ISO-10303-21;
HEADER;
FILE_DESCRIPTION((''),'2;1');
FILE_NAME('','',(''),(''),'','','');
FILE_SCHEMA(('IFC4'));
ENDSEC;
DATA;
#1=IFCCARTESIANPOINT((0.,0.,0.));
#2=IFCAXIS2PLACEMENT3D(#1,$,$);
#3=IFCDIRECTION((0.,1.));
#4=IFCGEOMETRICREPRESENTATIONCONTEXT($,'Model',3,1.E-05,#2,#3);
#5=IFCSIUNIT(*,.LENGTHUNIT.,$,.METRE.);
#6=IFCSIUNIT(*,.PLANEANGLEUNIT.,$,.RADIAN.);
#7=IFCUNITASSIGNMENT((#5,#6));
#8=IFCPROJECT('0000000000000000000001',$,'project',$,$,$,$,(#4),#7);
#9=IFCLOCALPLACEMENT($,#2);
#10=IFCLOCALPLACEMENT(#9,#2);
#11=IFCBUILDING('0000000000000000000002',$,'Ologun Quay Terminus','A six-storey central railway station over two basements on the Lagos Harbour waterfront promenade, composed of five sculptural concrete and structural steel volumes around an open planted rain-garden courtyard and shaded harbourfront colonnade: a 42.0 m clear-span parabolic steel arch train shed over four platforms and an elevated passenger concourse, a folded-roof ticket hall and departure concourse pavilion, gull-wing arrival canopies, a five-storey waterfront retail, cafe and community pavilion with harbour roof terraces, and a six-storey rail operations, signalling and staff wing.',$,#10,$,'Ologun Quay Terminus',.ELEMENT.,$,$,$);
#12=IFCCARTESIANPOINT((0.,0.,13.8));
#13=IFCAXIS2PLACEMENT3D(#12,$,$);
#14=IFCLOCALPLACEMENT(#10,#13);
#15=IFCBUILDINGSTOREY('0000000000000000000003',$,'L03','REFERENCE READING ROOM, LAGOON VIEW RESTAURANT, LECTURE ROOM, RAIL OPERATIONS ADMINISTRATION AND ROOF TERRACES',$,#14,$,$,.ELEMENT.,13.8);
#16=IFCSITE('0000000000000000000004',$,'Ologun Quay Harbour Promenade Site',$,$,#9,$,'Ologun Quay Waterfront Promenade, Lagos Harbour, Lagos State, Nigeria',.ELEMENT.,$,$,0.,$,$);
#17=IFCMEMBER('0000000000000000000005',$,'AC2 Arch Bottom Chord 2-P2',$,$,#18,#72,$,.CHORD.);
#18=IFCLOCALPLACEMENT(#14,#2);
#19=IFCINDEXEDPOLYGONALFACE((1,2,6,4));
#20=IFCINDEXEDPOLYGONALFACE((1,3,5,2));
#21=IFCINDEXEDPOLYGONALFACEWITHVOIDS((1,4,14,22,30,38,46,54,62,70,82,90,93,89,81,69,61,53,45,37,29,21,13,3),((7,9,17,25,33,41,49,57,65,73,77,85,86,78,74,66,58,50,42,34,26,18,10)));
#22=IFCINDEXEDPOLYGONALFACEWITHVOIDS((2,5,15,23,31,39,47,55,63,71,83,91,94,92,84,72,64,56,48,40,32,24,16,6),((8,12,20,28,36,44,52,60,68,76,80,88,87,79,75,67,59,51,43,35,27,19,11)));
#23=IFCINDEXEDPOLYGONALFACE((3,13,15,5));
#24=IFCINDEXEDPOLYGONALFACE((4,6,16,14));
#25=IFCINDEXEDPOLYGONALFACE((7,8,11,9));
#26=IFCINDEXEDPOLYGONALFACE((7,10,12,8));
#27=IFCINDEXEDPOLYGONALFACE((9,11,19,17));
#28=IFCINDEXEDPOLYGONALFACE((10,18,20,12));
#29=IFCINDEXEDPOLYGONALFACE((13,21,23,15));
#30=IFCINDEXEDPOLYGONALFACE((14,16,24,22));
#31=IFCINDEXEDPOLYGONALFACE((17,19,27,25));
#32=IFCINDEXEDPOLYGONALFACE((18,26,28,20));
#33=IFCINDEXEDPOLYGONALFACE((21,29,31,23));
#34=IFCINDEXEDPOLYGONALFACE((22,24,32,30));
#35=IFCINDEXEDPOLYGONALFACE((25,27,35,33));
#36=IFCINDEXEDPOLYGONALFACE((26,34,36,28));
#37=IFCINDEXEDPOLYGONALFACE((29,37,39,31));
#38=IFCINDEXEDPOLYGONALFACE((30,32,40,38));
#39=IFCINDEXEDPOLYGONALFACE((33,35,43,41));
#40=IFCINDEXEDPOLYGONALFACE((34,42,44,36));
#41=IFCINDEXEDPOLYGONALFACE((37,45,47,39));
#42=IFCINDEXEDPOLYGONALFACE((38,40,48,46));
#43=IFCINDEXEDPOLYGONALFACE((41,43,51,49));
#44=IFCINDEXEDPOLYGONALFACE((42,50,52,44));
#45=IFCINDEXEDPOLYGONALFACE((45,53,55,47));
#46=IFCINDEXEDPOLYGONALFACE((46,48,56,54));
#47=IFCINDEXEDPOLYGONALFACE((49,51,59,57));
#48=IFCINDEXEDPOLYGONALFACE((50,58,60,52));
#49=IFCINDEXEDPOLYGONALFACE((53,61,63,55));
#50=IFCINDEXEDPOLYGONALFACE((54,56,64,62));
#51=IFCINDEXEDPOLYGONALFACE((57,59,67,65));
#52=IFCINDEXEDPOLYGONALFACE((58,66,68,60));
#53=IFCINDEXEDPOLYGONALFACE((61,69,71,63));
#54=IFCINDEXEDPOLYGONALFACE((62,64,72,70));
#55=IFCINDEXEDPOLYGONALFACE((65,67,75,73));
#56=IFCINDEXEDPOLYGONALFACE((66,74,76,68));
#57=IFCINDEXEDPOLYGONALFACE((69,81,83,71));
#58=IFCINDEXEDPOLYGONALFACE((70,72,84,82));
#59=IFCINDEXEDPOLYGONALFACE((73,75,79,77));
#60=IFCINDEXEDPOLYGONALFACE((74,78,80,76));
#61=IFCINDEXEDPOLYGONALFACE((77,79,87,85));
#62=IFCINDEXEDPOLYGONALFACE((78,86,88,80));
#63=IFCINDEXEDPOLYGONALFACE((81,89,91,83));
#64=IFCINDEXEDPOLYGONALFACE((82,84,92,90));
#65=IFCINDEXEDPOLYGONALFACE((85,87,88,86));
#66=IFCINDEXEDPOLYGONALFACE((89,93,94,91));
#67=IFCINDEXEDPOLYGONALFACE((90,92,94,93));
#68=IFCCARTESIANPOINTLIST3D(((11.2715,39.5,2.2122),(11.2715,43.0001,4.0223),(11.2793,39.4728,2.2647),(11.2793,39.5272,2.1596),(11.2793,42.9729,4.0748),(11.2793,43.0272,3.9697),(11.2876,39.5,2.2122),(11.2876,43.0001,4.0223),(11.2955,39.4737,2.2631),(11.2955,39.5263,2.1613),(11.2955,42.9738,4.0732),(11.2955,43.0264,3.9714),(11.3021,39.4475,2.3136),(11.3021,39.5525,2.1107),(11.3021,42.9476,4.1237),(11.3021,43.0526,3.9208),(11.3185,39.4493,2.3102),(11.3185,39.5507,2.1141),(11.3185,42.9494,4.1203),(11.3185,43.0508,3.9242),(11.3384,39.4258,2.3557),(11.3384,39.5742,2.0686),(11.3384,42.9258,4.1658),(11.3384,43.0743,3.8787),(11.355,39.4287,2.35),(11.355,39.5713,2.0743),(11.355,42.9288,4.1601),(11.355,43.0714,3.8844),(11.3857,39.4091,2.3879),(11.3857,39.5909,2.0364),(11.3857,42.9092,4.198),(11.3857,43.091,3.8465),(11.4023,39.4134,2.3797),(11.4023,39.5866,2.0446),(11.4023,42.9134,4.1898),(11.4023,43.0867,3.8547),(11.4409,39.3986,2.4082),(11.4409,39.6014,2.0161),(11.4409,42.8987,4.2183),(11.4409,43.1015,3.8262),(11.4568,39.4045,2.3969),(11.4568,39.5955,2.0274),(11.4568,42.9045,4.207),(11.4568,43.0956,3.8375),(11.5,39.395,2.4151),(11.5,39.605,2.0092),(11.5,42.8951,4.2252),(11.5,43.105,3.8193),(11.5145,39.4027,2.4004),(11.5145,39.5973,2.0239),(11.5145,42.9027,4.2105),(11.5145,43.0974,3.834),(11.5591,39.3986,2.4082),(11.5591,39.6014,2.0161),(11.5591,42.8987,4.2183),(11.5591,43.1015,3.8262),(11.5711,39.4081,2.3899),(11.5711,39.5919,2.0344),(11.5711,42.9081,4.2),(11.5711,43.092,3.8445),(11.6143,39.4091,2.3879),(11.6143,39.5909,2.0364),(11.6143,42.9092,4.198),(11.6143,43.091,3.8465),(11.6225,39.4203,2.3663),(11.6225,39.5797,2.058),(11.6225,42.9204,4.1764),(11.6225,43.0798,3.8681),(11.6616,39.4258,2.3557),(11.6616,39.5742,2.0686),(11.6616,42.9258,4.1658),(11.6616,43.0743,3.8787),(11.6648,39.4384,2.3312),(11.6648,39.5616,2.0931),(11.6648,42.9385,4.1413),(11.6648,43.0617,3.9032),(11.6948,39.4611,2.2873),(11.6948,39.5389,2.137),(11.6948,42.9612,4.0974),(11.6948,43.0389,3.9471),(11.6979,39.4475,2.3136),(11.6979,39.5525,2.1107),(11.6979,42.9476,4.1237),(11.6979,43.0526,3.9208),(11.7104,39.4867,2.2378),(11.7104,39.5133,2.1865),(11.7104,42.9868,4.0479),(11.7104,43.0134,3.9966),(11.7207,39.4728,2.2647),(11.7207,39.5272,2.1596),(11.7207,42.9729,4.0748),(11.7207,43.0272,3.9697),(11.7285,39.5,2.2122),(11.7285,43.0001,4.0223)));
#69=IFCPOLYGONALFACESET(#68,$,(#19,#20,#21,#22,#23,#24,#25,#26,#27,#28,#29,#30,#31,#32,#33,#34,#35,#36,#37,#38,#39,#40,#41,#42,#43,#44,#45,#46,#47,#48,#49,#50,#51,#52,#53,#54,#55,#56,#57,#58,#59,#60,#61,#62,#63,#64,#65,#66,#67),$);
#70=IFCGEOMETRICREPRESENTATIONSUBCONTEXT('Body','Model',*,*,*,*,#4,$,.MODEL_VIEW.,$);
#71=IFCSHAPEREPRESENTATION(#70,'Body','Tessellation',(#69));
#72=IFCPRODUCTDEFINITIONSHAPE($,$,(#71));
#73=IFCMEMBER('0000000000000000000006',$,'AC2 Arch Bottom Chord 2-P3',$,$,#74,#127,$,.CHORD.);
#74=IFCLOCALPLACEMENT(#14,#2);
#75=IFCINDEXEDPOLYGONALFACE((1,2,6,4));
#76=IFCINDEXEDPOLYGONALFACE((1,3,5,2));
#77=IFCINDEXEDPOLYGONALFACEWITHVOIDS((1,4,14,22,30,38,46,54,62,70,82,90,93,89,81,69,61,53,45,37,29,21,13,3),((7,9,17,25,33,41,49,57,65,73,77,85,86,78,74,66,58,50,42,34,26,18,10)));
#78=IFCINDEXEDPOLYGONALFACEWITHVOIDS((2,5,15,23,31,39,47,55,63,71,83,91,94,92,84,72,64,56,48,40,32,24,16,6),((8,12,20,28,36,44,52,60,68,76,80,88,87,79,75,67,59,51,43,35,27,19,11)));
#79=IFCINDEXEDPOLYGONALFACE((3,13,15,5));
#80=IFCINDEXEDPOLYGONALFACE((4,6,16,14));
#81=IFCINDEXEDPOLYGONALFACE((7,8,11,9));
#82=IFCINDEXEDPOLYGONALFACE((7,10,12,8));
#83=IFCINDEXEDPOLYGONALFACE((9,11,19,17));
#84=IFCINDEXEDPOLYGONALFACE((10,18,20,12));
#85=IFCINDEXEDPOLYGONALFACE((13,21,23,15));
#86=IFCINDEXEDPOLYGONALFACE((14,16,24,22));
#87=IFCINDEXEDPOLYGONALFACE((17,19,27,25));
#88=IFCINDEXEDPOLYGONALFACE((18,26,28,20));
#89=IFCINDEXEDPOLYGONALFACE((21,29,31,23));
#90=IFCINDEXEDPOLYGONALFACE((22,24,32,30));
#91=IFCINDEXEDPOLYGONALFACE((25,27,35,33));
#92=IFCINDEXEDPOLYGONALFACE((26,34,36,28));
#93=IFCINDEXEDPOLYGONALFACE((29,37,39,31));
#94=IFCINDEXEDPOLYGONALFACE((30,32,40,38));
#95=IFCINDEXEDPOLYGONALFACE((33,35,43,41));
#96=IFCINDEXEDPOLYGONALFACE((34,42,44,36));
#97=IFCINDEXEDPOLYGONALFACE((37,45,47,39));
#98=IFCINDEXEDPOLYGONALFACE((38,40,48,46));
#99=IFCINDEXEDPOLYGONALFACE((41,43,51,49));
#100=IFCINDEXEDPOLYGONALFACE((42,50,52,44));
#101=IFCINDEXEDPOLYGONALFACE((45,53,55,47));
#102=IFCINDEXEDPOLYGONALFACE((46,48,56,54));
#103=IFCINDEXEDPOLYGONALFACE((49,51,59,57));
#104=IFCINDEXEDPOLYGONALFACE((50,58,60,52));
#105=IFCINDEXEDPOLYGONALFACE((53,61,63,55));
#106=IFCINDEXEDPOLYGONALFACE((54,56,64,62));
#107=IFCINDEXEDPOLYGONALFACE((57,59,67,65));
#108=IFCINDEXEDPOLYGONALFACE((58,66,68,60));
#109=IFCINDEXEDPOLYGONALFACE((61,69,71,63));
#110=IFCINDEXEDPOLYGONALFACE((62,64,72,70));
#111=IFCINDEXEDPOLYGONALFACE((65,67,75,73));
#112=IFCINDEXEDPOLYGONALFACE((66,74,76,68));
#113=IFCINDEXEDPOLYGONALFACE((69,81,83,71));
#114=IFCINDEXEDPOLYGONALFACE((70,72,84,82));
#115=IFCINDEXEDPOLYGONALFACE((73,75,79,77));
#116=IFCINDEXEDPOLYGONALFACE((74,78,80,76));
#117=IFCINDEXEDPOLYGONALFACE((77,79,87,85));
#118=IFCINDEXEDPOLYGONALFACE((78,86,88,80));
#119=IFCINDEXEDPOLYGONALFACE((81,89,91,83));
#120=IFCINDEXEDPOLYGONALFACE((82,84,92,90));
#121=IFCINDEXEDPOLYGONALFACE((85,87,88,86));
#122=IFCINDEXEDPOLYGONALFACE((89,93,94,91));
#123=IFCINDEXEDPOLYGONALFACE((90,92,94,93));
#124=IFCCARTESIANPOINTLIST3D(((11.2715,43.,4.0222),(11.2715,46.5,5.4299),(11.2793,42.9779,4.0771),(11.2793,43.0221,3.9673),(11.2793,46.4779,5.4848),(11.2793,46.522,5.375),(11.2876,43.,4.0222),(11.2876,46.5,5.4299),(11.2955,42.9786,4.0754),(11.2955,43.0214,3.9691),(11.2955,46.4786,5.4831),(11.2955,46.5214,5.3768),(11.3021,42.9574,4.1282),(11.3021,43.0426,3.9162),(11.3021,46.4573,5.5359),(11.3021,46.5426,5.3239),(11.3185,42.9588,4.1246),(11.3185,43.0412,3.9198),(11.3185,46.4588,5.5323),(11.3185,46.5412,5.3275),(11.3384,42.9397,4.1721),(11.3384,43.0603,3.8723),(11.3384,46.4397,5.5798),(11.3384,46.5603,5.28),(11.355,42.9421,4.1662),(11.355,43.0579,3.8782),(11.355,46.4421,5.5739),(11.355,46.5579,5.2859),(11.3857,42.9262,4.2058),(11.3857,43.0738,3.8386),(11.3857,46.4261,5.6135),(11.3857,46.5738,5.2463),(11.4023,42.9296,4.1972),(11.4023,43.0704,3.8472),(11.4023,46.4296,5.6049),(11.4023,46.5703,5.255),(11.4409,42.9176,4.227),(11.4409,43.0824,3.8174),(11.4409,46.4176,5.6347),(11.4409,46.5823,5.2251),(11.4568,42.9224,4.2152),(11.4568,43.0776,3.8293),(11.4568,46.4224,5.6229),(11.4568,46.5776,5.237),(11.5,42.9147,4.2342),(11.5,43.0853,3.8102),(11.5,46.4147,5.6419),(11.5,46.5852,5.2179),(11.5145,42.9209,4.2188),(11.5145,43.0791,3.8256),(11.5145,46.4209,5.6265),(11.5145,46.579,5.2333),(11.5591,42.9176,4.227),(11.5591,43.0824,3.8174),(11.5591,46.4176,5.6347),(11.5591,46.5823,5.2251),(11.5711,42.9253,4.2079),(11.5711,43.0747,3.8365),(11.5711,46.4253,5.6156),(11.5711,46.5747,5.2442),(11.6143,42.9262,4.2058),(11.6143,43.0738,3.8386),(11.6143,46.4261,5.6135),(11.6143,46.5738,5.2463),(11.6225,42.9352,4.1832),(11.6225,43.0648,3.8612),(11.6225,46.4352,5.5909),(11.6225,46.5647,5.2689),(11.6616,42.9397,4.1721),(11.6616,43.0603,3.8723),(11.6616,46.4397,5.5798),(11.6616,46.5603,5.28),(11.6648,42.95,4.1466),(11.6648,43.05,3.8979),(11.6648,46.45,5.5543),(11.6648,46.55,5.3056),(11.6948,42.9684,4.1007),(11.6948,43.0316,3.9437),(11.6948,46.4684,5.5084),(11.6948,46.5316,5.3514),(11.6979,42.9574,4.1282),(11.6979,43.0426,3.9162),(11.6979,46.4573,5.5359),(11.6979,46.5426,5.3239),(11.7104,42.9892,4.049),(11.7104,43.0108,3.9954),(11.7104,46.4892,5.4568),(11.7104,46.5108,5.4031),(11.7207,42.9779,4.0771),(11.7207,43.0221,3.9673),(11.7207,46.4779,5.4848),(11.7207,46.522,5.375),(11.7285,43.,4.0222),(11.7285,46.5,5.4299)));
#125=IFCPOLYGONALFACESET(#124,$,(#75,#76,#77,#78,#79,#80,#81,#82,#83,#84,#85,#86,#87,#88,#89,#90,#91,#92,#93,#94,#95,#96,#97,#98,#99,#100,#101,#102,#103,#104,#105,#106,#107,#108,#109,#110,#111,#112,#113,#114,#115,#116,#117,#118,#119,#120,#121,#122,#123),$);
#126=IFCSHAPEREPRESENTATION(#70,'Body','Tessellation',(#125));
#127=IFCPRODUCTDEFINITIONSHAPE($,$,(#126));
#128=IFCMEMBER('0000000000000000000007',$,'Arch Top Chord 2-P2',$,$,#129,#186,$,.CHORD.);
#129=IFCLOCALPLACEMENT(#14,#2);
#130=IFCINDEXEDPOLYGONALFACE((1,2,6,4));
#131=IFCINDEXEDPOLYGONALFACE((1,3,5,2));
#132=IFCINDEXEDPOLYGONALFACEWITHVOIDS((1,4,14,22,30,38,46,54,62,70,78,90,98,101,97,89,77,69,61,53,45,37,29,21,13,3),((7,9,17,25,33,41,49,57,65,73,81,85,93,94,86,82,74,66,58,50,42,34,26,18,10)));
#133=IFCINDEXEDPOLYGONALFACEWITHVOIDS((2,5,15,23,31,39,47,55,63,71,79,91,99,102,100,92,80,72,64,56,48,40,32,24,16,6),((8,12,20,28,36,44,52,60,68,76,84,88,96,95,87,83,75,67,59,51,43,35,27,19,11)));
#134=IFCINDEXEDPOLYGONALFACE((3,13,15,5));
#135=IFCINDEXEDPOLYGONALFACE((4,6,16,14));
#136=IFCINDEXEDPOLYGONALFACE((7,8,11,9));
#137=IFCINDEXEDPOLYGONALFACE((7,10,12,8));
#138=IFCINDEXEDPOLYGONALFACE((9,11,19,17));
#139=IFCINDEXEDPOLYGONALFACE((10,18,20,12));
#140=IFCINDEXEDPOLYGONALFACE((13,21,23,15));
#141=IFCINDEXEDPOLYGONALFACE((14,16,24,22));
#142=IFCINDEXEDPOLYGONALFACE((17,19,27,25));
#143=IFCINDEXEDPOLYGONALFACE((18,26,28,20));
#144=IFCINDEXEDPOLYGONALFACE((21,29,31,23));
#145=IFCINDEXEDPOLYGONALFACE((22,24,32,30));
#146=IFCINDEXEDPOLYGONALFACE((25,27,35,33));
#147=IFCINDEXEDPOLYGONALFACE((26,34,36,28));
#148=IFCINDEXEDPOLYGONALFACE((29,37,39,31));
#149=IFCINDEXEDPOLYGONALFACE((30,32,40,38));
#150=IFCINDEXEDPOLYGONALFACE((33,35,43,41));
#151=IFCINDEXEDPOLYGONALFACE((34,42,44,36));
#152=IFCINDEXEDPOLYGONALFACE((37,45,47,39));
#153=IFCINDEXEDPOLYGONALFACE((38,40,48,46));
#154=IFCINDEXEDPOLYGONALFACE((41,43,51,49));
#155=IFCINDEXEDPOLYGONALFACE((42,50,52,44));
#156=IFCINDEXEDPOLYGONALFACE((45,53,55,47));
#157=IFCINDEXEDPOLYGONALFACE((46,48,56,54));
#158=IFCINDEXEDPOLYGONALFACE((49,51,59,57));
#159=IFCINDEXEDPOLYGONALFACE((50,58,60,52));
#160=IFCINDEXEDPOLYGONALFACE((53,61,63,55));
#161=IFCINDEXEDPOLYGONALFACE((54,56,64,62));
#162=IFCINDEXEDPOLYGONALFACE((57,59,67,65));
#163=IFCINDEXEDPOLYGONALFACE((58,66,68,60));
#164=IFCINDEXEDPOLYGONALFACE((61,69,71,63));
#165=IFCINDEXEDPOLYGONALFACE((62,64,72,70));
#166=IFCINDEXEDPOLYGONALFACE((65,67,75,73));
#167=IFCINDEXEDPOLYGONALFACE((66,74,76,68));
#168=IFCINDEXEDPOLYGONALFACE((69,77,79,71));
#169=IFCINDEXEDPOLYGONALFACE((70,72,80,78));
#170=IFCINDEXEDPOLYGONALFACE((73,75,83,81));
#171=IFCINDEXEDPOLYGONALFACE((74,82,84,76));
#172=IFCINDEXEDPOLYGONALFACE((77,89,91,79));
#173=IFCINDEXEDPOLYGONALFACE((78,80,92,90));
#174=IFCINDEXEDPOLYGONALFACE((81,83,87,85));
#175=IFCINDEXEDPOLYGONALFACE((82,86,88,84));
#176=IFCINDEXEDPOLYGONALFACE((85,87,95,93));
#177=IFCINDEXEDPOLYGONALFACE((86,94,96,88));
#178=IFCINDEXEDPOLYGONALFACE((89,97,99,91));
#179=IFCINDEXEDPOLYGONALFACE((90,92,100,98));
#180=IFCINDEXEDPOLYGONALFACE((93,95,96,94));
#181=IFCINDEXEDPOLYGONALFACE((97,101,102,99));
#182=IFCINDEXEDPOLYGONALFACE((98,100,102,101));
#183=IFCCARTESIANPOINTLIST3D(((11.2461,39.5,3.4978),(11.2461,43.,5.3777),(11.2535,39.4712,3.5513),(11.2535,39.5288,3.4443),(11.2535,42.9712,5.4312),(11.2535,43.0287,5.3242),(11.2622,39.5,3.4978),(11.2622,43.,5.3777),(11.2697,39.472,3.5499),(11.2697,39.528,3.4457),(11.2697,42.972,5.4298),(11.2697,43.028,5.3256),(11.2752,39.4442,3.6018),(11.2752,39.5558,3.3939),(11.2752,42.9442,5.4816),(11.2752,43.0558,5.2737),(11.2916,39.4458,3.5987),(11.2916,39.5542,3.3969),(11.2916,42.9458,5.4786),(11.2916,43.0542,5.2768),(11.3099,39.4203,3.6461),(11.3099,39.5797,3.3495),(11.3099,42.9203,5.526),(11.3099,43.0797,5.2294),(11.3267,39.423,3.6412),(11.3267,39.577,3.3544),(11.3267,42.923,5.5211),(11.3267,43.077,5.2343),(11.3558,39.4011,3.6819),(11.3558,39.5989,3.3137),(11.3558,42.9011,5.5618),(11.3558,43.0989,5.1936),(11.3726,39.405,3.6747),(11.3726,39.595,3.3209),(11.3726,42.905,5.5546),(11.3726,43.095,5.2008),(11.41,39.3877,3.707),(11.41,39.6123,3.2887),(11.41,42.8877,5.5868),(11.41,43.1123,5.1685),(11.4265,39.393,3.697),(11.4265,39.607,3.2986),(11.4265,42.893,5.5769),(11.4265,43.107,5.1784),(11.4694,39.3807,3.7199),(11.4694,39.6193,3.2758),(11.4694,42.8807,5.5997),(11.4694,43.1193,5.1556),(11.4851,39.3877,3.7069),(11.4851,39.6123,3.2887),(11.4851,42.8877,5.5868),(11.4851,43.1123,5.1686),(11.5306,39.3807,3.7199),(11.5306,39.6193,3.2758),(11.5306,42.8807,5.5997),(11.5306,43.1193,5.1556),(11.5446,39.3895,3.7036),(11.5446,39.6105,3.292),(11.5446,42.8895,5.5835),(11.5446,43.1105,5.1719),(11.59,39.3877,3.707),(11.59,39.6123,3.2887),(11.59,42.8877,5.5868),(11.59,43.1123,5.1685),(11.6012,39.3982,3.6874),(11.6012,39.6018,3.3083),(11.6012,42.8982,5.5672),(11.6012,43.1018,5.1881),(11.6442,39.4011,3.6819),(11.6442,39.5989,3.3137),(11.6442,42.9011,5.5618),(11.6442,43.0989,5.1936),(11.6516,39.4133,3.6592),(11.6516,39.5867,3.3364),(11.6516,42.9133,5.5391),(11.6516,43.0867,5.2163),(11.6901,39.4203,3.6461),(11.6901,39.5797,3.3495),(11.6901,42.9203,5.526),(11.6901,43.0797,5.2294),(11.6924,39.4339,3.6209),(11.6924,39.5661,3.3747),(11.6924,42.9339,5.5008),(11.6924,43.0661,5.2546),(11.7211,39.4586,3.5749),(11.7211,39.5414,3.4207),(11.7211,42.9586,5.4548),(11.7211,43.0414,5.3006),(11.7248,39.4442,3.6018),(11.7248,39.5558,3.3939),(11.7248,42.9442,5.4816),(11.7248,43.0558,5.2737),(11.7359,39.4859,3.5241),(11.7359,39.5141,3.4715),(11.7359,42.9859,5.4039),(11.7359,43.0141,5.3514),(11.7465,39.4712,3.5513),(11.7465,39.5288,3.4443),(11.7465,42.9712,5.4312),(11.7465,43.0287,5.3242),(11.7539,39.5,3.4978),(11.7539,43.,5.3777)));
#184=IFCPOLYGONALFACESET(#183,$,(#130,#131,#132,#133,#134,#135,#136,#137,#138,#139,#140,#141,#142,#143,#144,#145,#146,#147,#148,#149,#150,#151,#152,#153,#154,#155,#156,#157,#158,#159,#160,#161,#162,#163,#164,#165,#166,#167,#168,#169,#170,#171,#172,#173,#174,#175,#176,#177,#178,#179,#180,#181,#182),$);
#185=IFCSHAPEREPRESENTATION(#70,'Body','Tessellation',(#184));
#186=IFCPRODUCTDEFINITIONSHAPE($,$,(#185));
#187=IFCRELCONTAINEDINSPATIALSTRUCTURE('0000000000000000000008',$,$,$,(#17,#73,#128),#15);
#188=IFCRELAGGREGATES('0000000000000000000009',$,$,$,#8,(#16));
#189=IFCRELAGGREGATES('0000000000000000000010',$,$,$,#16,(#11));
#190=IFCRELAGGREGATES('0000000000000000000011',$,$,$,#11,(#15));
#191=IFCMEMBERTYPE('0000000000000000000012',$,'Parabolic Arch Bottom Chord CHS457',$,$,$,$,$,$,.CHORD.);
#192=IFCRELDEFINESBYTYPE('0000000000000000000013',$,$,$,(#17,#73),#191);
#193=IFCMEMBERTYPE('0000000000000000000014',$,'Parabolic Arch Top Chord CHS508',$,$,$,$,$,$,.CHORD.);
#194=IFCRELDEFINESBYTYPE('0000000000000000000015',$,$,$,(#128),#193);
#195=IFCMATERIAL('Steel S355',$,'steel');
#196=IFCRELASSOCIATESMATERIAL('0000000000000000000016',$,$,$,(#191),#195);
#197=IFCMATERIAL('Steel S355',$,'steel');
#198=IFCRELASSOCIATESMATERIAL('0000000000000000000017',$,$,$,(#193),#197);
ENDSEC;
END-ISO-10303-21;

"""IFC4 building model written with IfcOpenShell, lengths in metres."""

from ifc_helpers import new_model, si_unit, direction, frame, origin, origin_2d, place, context, subcontext, project, spatial, hollow_circle, extrude, material, material_profile, profile_set, type_object, element, save


model = new_model("IFC4")

# Units and contexts
model_context = context("Model", 3, precision=1e-05, world=origin(), true_north=direction((0.0, 1.0)))
body_context = subcontext(model_context, "Body", "Model", "MODEL_VIEW")
ifc_project = project(units=[si_unit("LENGTHUNIT", "METRE"), si_unit("PLANEANGLEUNIT", "RADIAN")], contexts=[model_context])

# Site, building, storey
site_placement = place(None, origin())
site = spatial("IfcSite", under=ifc_project, at=site_placement, Name="Ologun Quay Harbour Promenade Site", LongName="Ologun Quay Waterfront Promenade, Lagos Harbour, Lagos State, Nigeria", CompositionType="ELEMENT", RefElevation=0.0)
building_placement = place(site_placement, origin())
building = spatial("IfcBuilding", under=site, at=building_placement, Name="Ologun Quay Terminus", Description="A six-storey central railway station over two basements on the Lagos Harbour waterfront promenade, composed of five sculptural concrete and structural steel volumes around an open planted rain-garden courtyard and shaded harbourfront colonnade: a 42.0 m clear-span parabolic steel arch train shed over four platforms and an elevated passenger concourse, a folded-roof ticket hall and departure concourse pavilion, gull-wing arrival canopies, a five-storey waterfront retail, cafe and community pavilion with harbour roof terraces, and a six-storey rail operations, signalling and staff wing.", LongName="Ologun Quay Terminus", CompositionType="ELEMENT")
storey_placement = place(building_placement, frame((0.0, 0.0, 13.8)))
storey = spatial("IfcBuildingStorey", under=building, at=storey_placement, Name="L03", Description="REFERENCE READING ROOM, LAGOON VIEW RESTAURANT, LECTURE ROOM, RAIL OPERATIONS ADMINISTRATION AND ROOF TERRACES", CompositionType="ELEMENT", Elevation=13.8)

# Members
ifc_material_1 = material(Name="Steel S355", Category="steel")
ifc_material_profile_1 = material_profile(ifc_material_1, hollow_circle(Radius=0.2285, WallThickness=0.0161, at=origin_2d()), Name="CHS 457x16")
ifc_profile_set_1 = profile_set([ifc_material_profile_1], Name="Steel S355")
member_type_1 = type_object("IfcMemberType", Name="Parabolic Arch Bottom Chord CHS457", PredefinedType="CHORD", material=ifc_profile_set_1)
member_1_placement = place(storey_placement, frame((11.5, 39.5, 2.2122), z_axis=(0.0, 0.888247, 0.459366), x_axis=(-1.0, 0.0, 0.0)))
element("IfcMember", 1, at=member_1_placement, inside=storey, type_object=member_type_1, Name="AC2 Arch Bottom Chord 2-P2", PredefinedType="CHORD", context=body_context, shape_type="SweptSolid", body=[
    extrude(hollow_circle(Radius=0.2285, WallThickness=0.0161, at=origin_2d()), origin(), (0.0, 0.0, 1.0), 3.9404),
])
member_2_placement = place(storey_placement, frame((11.5, 43.0, 4.0222), z_axis=(0.0, 0.92777, 0.373153), x_axis=(-1.0, 0.0, 0.0)))
element("IfcMember", 2, at=member_2_placement, inside=storey, type_object=member_type_1, Name="AC2 Arch Bottom Chord 2-P3", PredefinedType="CHORD", context=body_context, shape_type="SweptSolid", body=[
    extrude(hollow_circle(Radius=0.2285, WallThickness=0.0161, at=origin_2d()), origin(), (0.0, 0.0, 1.0), 3.7725),
])
ifc_material_2 = material(Name="Steel S355", Category="steel")
ifc_material_profile_2 = material_profile(ifc_material_2, hollow_circle(Radius=0.2539, WallThickness=0.0161, at=origin_2d()), Name="CHS 508x16")
ifc_profile_set_2 = profile_set([ifc_material_profile_2], Name="Steel S355")
member_type_2 = type_object("IfcMemberType", Name="Parabolic Arch Top Chord CHS508", PredefinedType="CHORD", material=ifc_profile_set_2)
member_3_placement = place(storey_placement, frame((11.5, 39.5, 3.4978), z_axis=(0.0, 0.880968, 0.473176), x_axis=(-1.0, 0.0, 0.0)))
element("IfcMember", 3, at=member_3_placement, inside=storey, type_object=member_type_2, Name="Arch Top Chord 2-P2", PredefinedType="CHORD", context=body_context, shape_type="SweptSolid", body=[
    extrude(hollow_circle(Radius=0.2539, WallThickness=0.0161, at=origin_2d()), origin(), (0.0, 0.0, 1.0), 3.9729),
])

save(model, "model.ifc")
